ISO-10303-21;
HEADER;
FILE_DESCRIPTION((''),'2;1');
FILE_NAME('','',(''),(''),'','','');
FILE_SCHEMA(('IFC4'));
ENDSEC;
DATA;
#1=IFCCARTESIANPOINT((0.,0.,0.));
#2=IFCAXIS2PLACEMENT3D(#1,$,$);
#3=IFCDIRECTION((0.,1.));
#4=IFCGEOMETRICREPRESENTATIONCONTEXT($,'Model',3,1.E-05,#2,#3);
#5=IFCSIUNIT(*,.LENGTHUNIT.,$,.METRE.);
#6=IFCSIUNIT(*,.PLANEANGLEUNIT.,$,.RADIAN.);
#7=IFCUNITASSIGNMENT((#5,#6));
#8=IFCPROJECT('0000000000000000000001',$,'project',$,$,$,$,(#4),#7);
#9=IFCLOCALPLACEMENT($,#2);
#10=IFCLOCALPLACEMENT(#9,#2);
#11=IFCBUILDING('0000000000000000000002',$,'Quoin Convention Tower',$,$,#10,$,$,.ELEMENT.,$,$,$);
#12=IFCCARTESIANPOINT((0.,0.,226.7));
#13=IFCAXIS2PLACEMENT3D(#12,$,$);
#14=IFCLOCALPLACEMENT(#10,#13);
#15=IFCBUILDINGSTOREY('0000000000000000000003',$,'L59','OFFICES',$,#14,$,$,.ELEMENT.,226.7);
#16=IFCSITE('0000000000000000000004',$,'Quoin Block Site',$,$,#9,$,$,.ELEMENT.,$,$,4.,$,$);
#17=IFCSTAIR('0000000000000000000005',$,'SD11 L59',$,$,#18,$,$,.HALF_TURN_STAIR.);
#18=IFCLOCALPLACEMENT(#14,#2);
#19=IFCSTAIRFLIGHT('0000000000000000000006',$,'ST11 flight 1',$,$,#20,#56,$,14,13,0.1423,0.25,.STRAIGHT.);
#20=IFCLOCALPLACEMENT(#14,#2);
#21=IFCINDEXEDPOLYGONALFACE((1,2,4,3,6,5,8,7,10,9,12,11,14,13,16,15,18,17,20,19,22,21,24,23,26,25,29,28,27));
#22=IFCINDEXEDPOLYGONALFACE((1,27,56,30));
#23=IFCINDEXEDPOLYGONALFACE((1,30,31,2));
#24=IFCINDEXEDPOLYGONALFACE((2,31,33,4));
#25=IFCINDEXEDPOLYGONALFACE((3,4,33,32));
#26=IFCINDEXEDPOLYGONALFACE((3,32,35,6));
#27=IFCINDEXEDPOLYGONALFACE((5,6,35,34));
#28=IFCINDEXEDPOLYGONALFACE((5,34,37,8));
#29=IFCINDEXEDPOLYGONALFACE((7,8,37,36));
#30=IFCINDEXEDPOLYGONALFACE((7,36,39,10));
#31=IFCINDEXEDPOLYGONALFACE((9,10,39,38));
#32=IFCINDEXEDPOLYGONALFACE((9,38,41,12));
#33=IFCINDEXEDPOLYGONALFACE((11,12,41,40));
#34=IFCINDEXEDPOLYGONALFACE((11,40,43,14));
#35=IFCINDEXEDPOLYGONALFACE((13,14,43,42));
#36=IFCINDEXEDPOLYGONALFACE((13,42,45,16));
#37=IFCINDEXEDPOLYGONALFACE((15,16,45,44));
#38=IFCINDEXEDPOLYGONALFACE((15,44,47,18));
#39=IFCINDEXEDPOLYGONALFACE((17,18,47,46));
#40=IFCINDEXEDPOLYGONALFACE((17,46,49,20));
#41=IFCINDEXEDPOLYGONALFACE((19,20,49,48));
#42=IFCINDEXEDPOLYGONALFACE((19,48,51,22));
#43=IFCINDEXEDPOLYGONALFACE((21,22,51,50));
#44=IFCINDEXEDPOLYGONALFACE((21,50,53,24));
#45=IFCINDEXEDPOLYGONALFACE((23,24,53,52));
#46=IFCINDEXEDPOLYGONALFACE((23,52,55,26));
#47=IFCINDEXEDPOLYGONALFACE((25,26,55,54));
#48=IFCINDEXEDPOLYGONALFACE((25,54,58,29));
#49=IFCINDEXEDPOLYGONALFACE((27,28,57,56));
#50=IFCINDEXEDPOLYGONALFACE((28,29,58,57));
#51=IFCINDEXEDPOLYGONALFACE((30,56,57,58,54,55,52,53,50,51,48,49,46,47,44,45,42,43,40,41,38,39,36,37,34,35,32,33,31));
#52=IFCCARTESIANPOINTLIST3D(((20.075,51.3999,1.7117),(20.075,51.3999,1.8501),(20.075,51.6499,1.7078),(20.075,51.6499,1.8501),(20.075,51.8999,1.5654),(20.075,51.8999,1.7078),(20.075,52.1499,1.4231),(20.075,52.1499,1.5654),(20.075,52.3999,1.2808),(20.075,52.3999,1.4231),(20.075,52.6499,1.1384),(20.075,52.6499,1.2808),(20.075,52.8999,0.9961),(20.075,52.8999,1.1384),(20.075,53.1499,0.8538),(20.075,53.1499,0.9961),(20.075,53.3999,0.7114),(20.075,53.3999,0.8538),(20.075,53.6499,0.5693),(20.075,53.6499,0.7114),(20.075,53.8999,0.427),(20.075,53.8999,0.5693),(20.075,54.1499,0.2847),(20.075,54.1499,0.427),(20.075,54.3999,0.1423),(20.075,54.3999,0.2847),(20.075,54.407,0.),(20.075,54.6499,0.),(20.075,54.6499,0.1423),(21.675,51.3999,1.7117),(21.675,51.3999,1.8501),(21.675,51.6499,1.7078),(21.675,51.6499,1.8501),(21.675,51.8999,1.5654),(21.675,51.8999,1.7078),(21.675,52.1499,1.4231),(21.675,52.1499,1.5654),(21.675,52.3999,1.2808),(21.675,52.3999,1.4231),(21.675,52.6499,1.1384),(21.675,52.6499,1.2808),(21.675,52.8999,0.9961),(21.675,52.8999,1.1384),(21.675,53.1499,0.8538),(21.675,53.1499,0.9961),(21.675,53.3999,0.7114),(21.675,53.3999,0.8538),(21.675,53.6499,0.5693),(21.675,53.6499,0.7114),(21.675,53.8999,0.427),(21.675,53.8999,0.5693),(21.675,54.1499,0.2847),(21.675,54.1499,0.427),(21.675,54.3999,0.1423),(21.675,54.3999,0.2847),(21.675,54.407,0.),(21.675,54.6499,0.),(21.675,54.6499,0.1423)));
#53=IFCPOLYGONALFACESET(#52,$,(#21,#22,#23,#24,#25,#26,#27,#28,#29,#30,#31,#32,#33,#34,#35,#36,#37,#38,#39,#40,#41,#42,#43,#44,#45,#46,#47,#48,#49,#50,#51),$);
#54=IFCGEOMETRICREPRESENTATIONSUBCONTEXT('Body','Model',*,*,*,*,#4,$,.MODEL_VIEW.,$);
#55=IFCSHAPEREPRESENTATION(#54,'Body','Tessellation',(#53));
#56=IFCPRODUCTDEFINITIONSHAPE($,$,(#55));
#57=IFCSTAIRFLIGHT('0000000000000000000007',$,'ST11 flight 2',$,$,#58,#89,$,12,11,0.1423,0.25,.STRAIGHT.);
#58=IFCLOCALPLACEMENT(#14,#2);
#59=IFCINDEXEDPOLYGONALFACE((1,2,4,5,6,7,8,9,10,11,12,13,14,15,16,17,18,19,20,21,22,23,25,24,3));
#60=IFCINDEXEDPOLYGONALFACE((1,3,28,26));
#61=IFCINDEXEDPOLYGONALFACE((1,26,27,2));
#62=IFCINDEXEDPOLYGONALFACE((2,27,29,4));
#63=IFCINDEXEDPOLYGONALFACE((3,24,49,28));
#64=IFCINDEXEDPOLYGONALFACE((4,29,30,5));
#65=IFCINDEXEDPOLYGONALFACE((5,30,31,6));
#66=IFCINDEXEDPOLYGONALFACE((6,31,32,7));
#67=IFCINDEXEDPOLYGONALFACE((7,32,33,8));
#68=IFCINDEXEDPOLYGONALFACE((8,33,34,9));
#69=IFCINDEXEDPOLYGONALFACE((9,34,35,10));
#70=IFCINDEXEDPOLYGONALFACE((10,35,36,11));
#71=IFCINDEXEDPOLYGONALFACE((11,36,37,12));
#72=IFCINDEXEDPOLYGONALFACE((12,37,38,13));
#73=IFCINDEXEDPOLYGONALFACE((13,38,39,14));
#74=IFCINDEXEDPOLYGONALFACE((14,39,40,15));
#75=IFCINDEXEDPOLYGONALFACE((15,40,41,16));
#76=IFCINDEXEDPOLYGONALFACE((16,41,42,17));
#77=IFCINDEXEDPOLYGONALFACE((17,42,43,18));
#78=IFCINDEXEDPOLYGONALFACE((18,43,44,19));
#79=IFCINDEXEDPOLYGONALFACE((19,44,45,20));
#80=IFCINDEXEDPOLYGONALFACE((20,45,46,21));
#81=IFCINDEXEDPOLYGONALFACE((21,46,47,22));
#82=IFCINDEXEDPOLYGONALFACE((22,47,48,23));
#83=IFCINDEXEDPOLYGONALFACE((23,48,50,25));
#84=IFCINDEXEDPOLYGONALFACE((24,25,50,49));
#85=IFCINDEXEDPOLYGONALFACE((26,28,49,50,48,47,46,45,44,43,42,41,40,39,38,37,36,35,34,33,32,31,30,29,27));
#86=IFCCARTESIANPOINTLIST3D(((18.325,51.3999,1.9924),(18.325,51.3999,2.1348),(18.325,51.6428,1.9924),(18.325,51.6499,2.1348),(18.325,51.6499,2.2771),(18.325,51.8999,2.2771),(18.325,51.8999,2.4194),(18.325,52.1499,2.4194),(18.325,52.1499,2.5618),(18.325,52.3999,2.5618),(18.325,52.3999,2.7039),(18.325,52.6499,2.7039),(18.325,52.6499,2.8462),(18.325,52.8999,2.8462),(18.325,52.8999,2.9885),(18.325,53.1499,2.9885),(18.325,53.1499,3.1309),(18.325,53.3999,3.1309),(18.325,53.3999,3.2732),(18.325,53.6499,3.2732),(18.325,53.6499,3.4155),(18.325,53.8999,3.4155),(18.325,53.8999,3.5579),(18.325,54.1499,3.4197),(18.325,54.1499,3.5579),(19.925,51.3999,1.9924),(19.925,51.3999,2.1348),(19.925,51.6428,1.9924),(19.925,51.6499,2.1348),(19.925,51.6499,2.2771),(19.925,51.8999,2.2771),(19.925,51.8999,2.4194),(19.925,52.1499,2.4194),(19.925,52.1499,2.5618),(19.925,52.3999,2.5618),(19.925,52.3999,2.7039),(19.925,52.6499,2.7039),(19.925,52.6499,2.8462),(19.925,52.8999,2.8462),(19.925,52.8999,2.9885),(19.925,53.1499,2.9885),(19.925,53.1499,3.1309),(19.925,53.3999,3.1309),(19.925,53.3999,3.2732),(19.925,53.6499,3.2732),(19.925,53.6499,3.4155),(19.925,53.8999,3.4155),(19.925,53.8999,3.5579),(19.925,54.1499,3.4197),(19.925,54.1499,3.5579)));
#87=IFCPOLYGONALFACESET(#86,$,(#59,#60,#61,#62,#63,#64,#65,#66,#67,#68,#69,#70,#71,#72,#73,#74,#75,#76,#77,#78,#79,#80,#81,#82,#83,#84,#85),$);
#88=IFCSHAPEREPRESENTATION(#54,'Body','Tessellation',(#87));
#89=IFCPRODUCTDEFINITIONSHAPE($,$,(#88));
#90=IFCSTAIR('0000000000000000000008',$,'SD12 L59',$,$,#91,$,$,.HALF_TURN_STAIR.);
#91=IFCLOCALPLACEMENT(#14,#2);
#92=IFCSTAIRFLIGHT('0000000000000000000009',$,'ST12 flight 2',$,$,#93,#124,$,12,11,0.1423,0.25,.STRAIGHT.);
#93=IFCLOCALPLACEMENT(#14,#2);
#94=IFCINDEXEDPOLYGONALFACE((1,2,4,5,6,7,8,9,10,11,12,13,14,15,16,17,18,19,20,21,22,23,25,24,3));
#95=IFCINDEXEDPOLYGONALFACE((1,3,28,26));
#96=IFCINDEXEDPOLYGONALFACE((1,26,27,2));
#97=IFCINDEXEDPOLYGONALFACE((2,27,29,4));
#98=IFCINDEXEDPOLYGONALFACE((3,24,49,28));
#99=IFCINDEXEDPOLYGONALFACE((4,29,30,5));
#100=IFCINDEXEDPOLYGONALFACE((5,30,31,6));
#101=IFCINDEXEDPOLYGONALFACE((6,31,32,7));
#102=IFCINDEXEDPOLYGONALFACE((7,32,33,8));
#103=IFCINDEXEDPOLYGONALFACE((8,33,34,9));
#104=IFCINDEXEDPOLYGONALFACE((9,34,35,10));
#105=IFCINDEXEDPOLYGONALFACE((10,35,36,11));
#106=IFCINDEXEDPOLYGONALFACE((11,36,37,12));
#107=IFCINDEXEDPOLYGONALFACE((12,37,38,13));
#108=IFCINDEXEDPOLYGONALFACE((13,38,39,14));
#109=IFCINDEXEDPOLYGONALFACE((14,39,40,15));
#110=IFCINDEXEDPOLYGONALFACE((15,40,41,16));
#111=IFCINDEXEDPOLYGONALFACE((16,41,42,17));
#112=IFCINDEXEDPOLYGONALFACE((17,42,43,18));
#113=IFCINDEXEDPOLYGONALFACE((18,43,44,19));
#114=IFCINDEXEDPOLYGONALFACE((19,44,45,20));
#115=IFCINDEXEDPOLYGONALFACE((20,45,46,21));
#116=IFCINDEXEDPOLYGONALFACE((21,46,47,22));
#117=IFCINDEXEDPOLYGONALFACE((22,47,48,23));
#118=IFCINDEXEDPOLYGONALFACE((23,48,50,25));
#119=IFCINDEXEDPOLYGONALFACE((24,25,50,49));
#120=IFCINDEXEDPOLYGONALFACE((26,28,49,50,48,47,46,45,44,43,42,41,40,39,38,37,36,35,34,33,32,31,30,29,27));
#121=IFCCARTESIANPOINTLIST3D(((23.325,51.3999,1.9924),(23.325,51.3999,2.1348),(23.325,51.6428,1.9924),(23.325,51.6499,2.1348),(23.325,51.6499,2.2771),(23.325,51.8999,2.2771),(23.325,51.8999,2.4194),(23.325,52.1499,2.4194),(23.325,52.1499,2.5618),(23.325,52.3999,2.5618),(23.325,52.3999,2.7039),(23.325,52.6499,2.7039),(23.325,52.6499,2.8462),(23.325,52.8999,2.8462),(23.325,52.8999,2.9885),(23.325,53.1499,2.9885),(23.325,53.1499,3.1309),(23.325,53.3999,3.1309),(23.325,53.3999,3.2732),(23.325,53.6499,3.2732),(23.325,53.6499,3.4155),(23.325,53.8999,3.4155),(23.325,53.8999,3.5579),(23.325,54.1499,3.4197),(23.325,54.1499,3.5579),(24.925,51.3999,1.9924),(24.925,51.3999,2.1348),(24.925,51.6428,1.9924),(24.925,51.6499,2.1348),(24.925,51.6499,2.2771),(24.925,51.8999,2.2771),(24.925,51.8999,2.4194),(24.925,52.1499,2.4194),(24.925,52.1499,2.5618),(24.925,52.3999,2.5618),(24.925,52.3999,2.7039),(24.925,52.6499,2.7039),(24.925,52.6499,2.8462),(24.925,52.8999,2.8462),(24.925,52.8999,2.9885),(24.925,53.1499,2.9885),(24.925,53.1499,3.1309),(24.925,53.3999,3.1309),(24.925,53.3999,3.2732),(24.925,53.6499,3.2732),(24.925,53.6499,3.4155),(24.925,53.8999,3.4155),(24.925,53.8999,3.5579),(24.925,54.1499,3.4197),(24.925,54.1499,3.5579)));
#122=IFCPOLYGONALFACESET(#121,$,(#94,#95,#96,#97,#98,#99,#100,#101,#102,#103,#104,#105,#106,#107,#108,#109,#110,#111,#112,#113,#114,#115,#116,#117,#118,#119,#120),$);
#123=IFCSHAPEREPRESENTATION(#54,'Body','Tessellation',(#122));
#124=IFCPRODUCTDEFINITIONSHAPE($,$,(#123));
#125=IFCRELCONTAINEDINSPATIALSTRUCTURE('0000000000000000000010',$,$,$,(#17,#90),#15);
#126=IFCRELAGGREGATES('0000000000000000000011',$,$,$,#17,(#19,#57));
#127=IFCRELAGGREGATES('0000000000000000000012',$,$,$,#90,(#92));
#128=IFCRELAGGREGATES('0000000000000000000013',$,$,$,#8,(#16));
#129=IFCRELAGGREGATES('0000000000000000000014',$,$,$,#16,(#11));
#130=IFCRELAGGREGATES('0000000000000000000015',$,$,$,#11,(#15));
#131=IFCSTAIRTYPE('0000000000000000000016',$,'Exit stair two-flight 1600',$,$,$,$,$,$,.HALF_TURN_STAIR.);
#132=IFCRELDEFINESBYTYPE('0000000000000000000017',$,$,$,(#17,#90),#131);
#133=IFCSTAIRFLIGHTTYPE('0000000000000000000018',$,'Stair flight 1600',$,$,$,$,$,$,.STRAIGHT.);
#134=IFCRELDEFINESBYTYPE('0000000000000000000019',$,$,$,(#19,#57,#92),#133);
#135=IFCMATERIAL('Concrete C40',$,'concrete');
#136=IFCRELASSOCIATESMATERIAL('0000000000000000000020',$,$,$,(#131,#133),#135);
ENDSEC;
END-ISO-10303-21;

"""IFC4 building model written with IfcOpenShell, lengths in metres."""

from ifc_helpers import new_model, si_unit, direction, frame, origin, place, context, subcontext, project, spatial, polyline, outline, extrude, material, type_object, element, aggregate, save


model = new_model("IFC4")

# Units and contexts
model_context = context("Model", 3, precision=1e-05, world=origin(), true_north=direction((0.0, 1.0)))
body_context = subcontext(model_context, "Body", "Model", "MODEL_VIEW")
ifc_project = project(units=[si_unit("LENGTHUNIT", "METRE"), si_unit("PLANEANGLEUNIT", "RADIAN")], contexts=[model_context])

# Site, building, storey
site_placement = place(None, origin())
site = spatial("IfcSite", under=ifc_project, at=site_placement, Name="Quoin Block Site", CompositionType="ELEMENT", RefElevation=4.0)
building_placement = place(site_placement, origin())
building = spatial("IfcBuilding", under=site, at=building_placement, Name="Quoin Convention Tower", CompositionType="ELEMENT")
storey_placement = place(building_placement, frame((0.0, 0.0, 226.7)))
storey = spatial("IfcBuildingStorey", under=building, at=storey_placement, Name="L59", Description="OFFICES", CompositionType="ELEMENT", Elevation=226.7)

# Stair, stair flights
ifc_material_1 = material(Name="Concrete C40", Category="concrete")
stair_type = type_object("IfcStairType", Name="Exit stair two-flight 1600", PredefinedType="HALF_TURN_STAIR", material=ifc_material_1)
stair_1_placement = place(storey_placement, origin())
stair_1 = element("IfcStair", 1, at=stair_1_placement, inside=storey, type_object=stair_type, Name="SD11 L59", PredefinedType="HALF_TURN_STAIR")
stair_flight_type = type_object("IfcStairFlightType", Name="Stair flight 1600", PredefinedType="STRAIGHT", material=ifc_material_1)
stair_flight_1_placement = place(storey_placement, frame((20.875, 54.6499, 0.0), z_axis=(0.0, 0.0, 1.0), x_axis=(0.0, -1.0, 0.0)))
stair_flight_1 = element("IfcStairFlight", 2, at=stair_flight_1_placement, type_object=stair_flight_type, Name="ST11 flight 1", NumberOfRisers=14, NumberOfTreads=13, PredefinedType="STRAIGHT", RiserHeight=0.1423, TreadLength=0.25, context=body_context, shape_type="SweptSolid", body=[
    extrude(outline(polyline([(0.0, 0.0), (0.0, 0.1423), (0.25, 0.1423), (0.25, 0.2847), (0.5, 0.2847), (0.5, 0.427), (0.75, 0.427), (0.75, 0.5693), (1.0, 0.5693), (1.0, 0.7114), (1.25, 0.7114), (1.25, 0.8538), (1.5, 0.8538), (1.5, 0.9961), (1.75, 0.9961), (1.75, 1.1384), (2.0, 1.1384), (2.0, 1.2808), (2.25, 1.2808), (2.25, 1.4231), (2.5, 1.4231), (2.5, 1.5654), (2.75, 1.5654), (2.75, 1.7078), (3.0, 1.7078), (3.0, 1.8501), (3.25, 1.8501), (3.25, 1.9922), (3.25, 1.7117), (0.2429, 0.0), (0.0, 0.0)])), frame((0.0, 0.8, 0.0), z_axis=(0.0, -1.0, 0.0), x_axis=(1.0, 0.0, 0.0)), (0.0, 0.0, 1.0), 1.6001),
])
stair_flight_2_placement = place(storey_placement, frame((19.125, 51.3999, 1.9924), z_axis=(0.0, 0.0, 1.0), x_axis=(0.0, 1.0, 0.0)))
stair_flight_2 = element("IfcStairFlight", 3, at=stair_flight_2_placement, type_object=stair_flight_type, Name="ST11 flight 2", NumberOfRisers=12, NumberOfTreads=11, PredefinedType="STRAIGHT", RiserHeight=0.1423, TreadLength=0.25, context=body_context, shape_type="SweptSolid", body=[
    extrude(outline(polyline([(0.0, 0.0), (0.0, 0.1423), (0.25, 0.1423), (0.25, 0.2847), (0.5, 0.2847), (0.5, 0.427), (0.75, 0.427), (0.75, 0.5693), (1.0, 0.5693), (1.0, 0.7114), (1.25, 0.7114), (1.25, 0.8538), (1.5, 0.8538), (1.5, 0.9961), (1.75, 0.9961), (1.75, 1.1384), (2.0, 1.1384), (2.0, 1.2808), (2.25, 1.2808), (2.25, 1.4231), (2.5, 1.4231), (2.5, 1.5654), (2.75, 1.5654), (2.75, 1.7078), (2.75, 1.4272), (0.2429, 0.0), (0.0, 0.0)])), frame((0.0, 0.8, 0.0), z_axis=(0.0, -1.0, 0.0), x_axis=(1.0, 0.0, 0.0)), (0.0, 0.0, 1.0), 1.6001),
])
aggregate(stair_1, [stair_flight_1, stair_flight_2])

# Stair, stair flight
stair_2_placement = place(storey_placement, origin())
stair_2 = element("IfcStair", 4, at=stair_2_placement, inside=storey, type_object=stair_type, Name="SD12 L59", PredefinedType="HALF_TURN_STAIR")
stair_flight_3_placement = place(storey_placement, frame((24.125, 51.3999, 1.9924), z_axis=(0.0, 0.0, 1.0), x_axis=(0.0, 1.0, 0.0)))
stair_flight_3 = element("IfcStairFlight", 5, at=stair_flight_3_placement, type_object=stair_flight_type, Name="ST12 flight 2", NumberOfRisers=12, NumberOfTreads=11, PredefinedType="STRAIGHT", RiserHeight=0.1423, TreadLength=0.25, context=body_context, shape_type="SweptSolid", body=[
    extrude(outline(polyline([(0.0, 0.0), (0.0, 0.1423), (0.25, 0.1423), (0.25, 0.2847), (0.5, 0.2847), (0.5, 0.427), (0.75, 0.427), (0.75, 0.5693), (1.0, 0.5693), (1.0, 0.7114), (1.25, 0.7114), (1.25, 0.8538), (1.5, 0.8538), (1.5, 0.9961), (1.75, 0.9961), (1.75, 1.1384), (2.0, 1.1384), (2.0, 1.2808), (2.25, 1.2808), (2.25, 1.4231), (2.5, 1.4231), (2.5, 1.5654), (2.75, 1.5654), (2.75, 1.7078), (2.75, 1.4272), (0.2429, 0.0), (0.0, 0.0)])), frame((0.0, 0.8, 0.0), z_axis=(0.0, -1.0, 0.0), x_axis=(1.0, 0.0, 0.0)), (0.0, 0.0, 1.0), 1.6001),
])
aggregate(stair_2, [stair_flight_3])

save(model, "model.ifc")
